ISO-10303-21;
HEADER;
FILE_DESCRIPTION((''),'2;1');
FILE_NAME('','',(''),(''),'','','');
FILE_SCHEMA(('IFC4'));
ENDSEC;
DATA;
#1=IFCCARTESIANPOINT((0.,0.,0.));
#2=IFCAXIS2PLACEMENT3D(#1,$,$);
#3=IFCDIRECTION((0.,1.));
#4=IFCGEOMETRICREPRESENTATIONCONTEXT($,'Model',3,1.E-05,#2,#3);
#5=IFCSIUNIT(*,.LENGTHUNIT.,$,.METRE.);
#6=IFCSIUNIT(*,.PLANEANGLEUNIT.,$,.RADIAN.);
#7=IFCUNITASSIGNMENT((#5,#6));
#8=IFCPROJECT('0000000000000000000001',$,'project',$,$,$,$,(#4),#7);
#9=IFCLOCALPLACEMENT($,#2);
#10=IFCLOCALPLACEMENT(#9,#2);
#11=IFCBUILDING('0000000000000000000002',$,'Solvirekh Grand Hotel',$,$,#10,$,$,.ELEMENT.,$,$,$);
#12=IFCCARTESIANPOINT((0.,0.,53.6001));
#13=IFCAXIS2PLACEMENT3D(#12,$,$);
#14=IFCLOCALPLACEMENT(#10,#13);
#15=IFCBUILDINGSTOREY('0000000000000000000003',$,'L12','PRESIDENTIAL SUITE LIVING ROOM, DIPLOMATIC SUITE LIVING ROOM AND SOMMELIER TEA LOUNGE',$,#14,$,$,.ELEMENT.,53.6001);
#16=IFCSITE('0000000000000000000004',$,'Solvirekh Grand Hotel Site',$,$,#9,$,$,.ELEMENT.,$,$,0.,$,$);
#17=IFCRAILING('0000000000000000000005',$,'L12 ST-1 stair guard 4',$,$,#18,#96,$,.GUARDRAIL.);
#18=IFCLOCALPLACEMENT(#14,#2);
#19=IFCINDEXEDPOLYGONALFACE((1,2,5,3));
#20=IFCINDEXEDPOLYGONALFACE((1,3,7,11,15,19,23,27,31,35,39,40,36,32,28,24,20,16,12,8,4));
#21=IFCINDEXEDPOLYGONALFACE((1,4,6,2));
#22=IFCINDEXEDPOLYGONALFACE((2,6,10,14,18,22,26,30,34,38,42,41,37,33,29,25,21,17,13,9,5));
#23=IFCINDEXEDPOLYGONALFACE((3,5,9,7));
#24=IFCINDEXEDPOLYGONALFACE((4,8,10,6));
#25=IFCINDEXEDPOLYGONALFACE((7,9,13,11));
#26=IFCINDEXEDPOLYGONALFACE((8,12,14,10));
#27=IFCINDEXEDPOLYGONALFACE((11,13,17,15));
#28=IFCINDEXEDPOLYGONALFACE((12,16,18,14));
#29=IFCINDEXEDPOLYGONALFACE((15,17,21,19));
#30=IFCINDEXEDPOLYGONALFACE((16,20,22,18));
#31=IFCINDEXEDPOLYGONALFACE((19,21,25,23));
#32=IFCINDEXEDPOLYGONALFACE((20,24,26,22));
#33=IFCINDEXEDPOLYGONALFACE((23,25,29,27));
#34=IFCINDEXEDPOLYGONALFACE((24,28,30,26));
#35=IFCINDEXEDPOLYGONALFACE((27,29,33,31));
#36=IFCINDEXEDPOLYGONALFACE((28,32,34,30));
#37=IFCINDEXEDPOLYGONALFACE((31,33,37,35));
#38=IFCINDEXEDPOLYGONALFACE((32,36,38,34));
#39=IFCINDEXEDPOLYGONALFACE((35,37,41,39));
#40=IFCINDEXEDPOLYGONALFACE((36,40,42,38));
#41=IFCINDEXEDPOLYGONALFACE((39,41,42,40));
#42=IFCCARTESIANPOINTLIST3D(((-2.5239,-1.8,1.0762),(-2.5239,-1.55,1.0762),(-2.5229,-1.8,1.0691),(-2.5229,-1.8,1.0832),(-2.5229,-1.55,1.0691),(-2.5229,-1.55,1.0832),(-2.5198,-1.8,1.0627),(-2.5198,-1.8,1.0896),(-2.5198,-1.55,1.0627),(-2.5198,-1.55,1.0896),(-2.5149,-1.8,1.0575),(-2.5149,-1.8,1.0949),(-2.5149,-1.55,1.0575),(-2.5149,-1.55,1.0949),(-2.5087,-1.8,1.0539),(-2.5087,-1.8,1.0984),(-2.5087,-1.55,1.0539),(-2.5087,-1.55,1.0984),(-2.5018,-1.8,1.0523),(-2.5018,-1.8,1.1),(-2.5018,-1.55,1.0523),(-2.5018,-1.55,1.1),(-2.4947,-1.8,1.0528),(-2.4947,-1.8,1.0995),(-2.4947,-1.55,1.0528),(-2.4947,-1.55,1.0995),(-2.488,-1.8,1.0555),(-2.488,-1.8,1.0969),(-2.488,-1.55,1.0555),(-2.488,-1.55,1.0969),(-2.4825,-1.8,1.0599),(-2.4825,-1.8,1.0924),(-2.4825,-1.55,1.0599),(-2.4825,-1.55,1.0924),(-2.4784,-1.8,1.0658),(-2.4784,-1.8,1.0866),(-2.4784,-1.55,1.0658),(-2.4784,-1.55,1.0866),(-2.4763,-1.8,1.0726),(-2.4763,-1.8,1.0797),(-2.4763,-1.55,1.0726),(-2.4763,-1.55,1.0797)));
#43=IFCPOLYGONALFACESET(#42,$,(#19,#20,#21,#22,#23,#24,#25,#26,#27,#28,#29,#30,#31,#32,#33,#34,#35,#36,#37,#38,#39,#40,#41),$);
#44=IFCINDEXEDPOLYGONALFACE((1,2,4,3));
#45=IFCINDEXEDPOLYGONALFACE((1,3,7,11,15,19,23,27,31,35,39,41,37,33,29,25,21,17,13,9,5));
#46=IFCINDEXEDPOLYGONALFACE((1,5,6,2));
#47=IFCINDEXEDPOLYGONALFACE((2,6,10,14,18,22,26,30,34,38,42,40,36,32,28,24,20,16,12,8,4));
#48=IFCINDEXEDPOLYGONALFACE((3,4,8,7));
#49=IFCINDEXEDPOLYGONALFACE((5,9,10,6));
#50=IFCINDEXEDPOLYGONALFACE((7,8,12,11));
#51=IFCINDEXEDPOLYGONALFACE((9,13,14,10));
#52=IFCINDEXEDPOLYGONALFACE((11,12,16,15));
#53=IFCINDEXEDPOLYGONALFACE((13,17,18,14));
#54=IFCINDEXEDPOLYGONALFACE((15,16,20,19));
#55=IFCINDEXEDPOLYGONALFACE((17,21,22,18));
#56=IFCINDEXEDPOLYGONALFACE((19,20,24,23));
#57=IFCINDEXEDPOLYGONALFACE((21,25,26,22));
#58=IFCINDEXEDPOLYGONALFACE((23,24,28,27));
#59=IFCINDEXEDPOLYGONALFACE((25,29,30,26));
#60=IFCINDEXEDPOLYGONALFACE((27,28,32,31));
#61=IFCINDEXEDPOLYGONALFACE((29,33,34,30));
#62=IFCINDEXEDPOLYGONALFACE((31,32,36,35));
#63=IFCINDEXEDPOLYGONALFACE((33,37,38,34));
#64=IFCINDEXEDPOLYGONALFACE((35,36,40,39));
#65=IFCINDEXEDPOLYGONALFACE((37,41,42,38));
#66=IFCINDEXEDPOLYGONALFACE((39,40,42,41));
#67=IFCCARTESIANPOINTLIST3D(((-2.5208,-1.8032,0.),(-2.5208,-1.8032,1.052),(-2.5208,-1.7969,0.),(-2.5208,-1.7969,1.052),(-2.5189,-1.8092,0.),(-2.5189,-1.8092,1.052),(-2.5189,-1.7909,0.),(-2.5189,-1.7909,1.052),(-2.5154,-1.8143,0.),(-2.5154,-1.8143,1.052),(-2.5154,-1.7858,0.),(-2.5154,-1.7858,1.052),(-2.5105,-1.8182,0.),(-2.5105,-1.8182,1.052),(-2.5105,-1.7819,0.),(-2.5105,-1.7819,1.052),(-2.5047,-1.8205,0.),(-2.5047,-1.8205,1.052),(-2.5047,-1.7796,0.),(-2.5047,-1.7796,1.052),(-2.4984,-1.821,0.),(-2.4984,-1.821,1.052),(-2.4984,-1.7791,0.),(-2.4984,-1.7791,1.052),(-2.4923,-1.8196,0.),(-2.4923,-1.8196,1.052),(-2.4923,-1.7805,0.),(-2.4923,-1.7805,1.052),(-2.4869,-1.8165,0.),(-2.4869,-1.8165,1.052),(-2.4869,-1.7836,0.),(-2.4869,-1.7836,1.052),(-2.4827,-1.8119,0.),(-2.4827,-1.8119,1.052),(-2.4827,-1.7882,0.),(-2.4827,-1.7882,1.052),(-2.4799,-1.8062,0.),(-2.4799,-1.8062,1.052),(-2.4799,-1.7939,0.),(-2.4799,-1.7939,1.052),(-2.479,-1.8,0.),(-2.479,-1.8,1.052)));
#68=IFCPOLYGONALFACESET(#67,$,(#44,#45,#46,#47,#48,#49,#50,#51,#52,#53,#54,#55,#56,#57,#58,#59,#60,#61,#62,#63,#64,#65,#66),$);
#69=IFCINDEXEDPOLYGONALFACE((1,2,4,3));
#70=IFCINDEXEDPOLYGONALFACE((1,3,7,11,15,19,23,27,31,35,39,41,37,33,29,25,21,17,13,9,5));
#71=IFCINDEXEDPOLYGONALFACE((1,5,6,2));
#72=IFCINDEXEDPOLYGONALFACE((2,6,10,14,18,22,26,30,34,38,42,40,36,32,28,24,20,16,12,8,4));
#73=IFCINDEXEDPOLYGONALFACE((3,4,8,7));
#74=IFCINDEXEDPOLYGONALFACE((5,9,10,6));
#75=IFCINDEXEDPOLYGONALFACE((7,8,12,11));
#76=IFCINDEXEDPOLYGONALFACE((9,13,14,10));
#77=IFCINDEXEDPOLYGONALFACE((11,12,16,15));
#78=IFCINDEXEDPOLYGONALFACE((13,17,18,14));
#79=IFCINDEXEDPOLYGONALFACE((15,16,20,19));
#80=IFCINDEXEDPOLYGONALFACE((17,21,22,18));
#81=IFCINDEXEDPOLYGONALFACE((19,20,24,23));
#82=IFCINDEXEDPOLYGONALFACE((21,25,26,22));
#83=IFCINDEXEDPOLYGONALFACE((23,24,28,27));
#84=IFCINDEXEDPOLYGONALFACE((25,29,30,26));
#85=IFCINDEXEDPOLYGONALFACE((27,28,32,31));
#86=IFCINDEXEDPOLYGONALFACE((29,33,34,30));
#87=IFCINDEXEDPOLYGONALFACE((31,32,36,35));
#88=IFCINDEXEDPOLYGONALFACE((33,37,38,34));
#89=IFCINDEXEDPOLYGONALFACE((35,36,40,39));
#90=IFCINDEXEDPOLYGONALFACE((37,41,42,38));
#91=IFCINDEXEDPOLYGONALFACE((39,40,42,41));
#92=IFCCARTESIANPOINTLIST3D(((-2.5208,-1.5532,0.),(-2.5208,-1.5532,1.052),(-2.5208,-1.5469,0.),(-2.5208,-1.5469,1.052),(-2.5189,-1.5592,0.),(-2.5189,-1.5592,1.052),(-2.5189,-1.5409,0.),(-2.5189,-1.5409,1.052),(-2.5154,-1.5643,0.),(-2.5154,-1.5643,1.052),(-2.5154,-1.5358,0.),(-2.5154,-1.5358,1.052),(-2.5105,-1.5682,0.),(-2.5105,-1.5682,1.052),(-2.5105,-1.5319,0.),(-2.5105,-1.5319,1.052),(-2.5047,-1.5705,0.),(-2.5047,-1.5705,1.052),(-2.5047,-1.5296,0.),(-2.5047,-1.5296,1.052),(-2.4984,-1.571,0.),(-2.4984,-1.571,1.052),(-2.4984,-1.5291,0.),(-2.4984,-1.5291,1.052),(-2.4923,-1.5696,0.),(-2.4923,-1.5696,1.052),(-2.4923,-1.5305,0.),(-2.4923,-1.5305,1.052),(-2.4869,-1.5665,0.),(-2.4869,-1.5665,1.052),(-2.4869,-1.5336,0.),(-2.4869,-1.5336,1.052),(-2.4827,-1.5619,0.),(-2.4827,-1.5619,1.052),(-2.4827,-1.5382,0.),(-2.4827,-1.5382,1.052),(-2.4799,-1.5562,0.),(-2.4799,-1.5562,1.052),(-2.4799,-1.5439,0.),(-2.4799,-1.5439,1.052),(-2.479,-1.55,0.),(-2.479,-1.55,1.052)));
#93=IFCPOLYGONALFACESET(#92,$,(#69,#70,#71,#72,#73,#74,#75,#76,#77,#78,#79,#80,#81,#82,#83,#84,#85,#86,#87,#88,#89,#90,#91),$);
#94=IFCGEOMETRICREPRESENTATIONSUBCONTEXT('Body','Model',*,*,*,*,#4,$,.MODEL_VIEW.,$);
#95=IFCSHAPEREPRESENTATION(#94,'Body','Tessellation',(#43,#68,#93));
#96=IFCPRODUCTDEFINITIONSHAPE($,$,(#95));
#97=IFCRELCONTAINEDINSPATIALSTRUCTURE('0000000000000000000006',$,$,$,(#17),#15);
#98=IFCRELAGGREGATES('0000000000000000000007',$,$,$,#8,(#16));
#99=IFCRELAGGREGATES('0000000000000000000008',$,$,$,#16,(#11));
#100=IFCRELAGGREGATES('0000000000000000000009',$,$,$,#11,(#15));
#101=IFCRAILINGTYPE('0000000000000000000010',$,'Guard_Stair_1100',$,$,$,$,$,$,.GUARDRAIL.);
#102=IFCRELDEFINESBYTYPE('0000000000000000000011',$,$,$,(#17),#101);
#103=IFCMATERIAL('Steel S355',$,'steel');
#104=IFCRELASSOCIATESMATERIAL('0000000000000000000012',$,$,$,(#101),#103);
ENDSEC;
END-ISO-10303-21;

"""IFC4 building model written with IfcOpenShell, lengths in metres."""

from ifc_helpers import new_model, si_unit, direction, frame, origin, origin_2d, place, context, subcontext, project, spatial, circle, extrude, material, type_object, element, save


model = new_model("IFC4")

# Units and contexts
model_context = context("Model", 3, precision=1e-05, world=origin(), true_north=direction((0.0, 1.0)))
body_context = subcontext(model_context, "Body", "Model", "MODEL_VIEW")
ifc_project = project(units=[si_unit("LENGTHUNIT", "METRE"), si_unit("PLANEANGLEUNIT", "RADIAN")], contexts=[model_context])

# Site, building, storey
site_placement = place(None, origin())
site = spatial("IfcSite", under=ifc_project, at=site_placement, Name="Solvirekh Grand Hotel Site", CompositionType="ELEMENT", RefElevation=0.0)
building_placement = place(site_placement, origin())
building = spatial("IfcBuilding", under=site, at=building_placement, Name="Solvirekh Grand Hotel", CompositionType="ELEMENT")
storey_placement = place(building_placement, frame((0.0, 0.0, 53.6001)))
storey = spatial("IfcBuildingStorey", under=building, at=storey_placement, Name="L12", Description="PRESIDENTIAL SUITE LIVING ROOM, DIPLOMATIC SUITE LIVING ROOM AND SOMMELIER TEA LOUNGE", CompositionType="ELEMENT", Elevation=53.6001)

# Shared definitions
ifc_material_1 = material(Name="Steel S355", Category="steel")

# Railing
railing_type_1 = type_object("IfcRailingType", Name="Guard_Stair_1100", PredefinedType="GUARDRAIL", material=ifc_material_1)
railing_1_placement = place(storey_placement, frame((-2.5, -1.8, 0.0)))
element("IfcRailing", 1, at=railing_1_placement, inside=storey, type_object=railing_type_1, Name="L12 ST-1 stair guard 4", PredefinedType="GUARDRAIL", context=body_context, shape_type="SweptSolid", body=[
    extrude(circle(Radius=0.0239, at=origin_2d()), frame((0.0, 0.0, 1.0762), z_axis=(0.0, 1.0, 0.0), x_axis=(-1.0, 0.0, 0.0)), (0.0, 0.0, 1.0), 0.25),
    extrude(circle(Radius=0.021, at=origin_2d()), origin(), (0.0, 0.0, 1.0), 1.052),
    extrude(circle(Radius=0.021, at=origin_2d()), frame((0.0, 0.25, 0.0)), (0.0, 0.0, 1.0), 1.052),
])

save(model, "model.ifc")
